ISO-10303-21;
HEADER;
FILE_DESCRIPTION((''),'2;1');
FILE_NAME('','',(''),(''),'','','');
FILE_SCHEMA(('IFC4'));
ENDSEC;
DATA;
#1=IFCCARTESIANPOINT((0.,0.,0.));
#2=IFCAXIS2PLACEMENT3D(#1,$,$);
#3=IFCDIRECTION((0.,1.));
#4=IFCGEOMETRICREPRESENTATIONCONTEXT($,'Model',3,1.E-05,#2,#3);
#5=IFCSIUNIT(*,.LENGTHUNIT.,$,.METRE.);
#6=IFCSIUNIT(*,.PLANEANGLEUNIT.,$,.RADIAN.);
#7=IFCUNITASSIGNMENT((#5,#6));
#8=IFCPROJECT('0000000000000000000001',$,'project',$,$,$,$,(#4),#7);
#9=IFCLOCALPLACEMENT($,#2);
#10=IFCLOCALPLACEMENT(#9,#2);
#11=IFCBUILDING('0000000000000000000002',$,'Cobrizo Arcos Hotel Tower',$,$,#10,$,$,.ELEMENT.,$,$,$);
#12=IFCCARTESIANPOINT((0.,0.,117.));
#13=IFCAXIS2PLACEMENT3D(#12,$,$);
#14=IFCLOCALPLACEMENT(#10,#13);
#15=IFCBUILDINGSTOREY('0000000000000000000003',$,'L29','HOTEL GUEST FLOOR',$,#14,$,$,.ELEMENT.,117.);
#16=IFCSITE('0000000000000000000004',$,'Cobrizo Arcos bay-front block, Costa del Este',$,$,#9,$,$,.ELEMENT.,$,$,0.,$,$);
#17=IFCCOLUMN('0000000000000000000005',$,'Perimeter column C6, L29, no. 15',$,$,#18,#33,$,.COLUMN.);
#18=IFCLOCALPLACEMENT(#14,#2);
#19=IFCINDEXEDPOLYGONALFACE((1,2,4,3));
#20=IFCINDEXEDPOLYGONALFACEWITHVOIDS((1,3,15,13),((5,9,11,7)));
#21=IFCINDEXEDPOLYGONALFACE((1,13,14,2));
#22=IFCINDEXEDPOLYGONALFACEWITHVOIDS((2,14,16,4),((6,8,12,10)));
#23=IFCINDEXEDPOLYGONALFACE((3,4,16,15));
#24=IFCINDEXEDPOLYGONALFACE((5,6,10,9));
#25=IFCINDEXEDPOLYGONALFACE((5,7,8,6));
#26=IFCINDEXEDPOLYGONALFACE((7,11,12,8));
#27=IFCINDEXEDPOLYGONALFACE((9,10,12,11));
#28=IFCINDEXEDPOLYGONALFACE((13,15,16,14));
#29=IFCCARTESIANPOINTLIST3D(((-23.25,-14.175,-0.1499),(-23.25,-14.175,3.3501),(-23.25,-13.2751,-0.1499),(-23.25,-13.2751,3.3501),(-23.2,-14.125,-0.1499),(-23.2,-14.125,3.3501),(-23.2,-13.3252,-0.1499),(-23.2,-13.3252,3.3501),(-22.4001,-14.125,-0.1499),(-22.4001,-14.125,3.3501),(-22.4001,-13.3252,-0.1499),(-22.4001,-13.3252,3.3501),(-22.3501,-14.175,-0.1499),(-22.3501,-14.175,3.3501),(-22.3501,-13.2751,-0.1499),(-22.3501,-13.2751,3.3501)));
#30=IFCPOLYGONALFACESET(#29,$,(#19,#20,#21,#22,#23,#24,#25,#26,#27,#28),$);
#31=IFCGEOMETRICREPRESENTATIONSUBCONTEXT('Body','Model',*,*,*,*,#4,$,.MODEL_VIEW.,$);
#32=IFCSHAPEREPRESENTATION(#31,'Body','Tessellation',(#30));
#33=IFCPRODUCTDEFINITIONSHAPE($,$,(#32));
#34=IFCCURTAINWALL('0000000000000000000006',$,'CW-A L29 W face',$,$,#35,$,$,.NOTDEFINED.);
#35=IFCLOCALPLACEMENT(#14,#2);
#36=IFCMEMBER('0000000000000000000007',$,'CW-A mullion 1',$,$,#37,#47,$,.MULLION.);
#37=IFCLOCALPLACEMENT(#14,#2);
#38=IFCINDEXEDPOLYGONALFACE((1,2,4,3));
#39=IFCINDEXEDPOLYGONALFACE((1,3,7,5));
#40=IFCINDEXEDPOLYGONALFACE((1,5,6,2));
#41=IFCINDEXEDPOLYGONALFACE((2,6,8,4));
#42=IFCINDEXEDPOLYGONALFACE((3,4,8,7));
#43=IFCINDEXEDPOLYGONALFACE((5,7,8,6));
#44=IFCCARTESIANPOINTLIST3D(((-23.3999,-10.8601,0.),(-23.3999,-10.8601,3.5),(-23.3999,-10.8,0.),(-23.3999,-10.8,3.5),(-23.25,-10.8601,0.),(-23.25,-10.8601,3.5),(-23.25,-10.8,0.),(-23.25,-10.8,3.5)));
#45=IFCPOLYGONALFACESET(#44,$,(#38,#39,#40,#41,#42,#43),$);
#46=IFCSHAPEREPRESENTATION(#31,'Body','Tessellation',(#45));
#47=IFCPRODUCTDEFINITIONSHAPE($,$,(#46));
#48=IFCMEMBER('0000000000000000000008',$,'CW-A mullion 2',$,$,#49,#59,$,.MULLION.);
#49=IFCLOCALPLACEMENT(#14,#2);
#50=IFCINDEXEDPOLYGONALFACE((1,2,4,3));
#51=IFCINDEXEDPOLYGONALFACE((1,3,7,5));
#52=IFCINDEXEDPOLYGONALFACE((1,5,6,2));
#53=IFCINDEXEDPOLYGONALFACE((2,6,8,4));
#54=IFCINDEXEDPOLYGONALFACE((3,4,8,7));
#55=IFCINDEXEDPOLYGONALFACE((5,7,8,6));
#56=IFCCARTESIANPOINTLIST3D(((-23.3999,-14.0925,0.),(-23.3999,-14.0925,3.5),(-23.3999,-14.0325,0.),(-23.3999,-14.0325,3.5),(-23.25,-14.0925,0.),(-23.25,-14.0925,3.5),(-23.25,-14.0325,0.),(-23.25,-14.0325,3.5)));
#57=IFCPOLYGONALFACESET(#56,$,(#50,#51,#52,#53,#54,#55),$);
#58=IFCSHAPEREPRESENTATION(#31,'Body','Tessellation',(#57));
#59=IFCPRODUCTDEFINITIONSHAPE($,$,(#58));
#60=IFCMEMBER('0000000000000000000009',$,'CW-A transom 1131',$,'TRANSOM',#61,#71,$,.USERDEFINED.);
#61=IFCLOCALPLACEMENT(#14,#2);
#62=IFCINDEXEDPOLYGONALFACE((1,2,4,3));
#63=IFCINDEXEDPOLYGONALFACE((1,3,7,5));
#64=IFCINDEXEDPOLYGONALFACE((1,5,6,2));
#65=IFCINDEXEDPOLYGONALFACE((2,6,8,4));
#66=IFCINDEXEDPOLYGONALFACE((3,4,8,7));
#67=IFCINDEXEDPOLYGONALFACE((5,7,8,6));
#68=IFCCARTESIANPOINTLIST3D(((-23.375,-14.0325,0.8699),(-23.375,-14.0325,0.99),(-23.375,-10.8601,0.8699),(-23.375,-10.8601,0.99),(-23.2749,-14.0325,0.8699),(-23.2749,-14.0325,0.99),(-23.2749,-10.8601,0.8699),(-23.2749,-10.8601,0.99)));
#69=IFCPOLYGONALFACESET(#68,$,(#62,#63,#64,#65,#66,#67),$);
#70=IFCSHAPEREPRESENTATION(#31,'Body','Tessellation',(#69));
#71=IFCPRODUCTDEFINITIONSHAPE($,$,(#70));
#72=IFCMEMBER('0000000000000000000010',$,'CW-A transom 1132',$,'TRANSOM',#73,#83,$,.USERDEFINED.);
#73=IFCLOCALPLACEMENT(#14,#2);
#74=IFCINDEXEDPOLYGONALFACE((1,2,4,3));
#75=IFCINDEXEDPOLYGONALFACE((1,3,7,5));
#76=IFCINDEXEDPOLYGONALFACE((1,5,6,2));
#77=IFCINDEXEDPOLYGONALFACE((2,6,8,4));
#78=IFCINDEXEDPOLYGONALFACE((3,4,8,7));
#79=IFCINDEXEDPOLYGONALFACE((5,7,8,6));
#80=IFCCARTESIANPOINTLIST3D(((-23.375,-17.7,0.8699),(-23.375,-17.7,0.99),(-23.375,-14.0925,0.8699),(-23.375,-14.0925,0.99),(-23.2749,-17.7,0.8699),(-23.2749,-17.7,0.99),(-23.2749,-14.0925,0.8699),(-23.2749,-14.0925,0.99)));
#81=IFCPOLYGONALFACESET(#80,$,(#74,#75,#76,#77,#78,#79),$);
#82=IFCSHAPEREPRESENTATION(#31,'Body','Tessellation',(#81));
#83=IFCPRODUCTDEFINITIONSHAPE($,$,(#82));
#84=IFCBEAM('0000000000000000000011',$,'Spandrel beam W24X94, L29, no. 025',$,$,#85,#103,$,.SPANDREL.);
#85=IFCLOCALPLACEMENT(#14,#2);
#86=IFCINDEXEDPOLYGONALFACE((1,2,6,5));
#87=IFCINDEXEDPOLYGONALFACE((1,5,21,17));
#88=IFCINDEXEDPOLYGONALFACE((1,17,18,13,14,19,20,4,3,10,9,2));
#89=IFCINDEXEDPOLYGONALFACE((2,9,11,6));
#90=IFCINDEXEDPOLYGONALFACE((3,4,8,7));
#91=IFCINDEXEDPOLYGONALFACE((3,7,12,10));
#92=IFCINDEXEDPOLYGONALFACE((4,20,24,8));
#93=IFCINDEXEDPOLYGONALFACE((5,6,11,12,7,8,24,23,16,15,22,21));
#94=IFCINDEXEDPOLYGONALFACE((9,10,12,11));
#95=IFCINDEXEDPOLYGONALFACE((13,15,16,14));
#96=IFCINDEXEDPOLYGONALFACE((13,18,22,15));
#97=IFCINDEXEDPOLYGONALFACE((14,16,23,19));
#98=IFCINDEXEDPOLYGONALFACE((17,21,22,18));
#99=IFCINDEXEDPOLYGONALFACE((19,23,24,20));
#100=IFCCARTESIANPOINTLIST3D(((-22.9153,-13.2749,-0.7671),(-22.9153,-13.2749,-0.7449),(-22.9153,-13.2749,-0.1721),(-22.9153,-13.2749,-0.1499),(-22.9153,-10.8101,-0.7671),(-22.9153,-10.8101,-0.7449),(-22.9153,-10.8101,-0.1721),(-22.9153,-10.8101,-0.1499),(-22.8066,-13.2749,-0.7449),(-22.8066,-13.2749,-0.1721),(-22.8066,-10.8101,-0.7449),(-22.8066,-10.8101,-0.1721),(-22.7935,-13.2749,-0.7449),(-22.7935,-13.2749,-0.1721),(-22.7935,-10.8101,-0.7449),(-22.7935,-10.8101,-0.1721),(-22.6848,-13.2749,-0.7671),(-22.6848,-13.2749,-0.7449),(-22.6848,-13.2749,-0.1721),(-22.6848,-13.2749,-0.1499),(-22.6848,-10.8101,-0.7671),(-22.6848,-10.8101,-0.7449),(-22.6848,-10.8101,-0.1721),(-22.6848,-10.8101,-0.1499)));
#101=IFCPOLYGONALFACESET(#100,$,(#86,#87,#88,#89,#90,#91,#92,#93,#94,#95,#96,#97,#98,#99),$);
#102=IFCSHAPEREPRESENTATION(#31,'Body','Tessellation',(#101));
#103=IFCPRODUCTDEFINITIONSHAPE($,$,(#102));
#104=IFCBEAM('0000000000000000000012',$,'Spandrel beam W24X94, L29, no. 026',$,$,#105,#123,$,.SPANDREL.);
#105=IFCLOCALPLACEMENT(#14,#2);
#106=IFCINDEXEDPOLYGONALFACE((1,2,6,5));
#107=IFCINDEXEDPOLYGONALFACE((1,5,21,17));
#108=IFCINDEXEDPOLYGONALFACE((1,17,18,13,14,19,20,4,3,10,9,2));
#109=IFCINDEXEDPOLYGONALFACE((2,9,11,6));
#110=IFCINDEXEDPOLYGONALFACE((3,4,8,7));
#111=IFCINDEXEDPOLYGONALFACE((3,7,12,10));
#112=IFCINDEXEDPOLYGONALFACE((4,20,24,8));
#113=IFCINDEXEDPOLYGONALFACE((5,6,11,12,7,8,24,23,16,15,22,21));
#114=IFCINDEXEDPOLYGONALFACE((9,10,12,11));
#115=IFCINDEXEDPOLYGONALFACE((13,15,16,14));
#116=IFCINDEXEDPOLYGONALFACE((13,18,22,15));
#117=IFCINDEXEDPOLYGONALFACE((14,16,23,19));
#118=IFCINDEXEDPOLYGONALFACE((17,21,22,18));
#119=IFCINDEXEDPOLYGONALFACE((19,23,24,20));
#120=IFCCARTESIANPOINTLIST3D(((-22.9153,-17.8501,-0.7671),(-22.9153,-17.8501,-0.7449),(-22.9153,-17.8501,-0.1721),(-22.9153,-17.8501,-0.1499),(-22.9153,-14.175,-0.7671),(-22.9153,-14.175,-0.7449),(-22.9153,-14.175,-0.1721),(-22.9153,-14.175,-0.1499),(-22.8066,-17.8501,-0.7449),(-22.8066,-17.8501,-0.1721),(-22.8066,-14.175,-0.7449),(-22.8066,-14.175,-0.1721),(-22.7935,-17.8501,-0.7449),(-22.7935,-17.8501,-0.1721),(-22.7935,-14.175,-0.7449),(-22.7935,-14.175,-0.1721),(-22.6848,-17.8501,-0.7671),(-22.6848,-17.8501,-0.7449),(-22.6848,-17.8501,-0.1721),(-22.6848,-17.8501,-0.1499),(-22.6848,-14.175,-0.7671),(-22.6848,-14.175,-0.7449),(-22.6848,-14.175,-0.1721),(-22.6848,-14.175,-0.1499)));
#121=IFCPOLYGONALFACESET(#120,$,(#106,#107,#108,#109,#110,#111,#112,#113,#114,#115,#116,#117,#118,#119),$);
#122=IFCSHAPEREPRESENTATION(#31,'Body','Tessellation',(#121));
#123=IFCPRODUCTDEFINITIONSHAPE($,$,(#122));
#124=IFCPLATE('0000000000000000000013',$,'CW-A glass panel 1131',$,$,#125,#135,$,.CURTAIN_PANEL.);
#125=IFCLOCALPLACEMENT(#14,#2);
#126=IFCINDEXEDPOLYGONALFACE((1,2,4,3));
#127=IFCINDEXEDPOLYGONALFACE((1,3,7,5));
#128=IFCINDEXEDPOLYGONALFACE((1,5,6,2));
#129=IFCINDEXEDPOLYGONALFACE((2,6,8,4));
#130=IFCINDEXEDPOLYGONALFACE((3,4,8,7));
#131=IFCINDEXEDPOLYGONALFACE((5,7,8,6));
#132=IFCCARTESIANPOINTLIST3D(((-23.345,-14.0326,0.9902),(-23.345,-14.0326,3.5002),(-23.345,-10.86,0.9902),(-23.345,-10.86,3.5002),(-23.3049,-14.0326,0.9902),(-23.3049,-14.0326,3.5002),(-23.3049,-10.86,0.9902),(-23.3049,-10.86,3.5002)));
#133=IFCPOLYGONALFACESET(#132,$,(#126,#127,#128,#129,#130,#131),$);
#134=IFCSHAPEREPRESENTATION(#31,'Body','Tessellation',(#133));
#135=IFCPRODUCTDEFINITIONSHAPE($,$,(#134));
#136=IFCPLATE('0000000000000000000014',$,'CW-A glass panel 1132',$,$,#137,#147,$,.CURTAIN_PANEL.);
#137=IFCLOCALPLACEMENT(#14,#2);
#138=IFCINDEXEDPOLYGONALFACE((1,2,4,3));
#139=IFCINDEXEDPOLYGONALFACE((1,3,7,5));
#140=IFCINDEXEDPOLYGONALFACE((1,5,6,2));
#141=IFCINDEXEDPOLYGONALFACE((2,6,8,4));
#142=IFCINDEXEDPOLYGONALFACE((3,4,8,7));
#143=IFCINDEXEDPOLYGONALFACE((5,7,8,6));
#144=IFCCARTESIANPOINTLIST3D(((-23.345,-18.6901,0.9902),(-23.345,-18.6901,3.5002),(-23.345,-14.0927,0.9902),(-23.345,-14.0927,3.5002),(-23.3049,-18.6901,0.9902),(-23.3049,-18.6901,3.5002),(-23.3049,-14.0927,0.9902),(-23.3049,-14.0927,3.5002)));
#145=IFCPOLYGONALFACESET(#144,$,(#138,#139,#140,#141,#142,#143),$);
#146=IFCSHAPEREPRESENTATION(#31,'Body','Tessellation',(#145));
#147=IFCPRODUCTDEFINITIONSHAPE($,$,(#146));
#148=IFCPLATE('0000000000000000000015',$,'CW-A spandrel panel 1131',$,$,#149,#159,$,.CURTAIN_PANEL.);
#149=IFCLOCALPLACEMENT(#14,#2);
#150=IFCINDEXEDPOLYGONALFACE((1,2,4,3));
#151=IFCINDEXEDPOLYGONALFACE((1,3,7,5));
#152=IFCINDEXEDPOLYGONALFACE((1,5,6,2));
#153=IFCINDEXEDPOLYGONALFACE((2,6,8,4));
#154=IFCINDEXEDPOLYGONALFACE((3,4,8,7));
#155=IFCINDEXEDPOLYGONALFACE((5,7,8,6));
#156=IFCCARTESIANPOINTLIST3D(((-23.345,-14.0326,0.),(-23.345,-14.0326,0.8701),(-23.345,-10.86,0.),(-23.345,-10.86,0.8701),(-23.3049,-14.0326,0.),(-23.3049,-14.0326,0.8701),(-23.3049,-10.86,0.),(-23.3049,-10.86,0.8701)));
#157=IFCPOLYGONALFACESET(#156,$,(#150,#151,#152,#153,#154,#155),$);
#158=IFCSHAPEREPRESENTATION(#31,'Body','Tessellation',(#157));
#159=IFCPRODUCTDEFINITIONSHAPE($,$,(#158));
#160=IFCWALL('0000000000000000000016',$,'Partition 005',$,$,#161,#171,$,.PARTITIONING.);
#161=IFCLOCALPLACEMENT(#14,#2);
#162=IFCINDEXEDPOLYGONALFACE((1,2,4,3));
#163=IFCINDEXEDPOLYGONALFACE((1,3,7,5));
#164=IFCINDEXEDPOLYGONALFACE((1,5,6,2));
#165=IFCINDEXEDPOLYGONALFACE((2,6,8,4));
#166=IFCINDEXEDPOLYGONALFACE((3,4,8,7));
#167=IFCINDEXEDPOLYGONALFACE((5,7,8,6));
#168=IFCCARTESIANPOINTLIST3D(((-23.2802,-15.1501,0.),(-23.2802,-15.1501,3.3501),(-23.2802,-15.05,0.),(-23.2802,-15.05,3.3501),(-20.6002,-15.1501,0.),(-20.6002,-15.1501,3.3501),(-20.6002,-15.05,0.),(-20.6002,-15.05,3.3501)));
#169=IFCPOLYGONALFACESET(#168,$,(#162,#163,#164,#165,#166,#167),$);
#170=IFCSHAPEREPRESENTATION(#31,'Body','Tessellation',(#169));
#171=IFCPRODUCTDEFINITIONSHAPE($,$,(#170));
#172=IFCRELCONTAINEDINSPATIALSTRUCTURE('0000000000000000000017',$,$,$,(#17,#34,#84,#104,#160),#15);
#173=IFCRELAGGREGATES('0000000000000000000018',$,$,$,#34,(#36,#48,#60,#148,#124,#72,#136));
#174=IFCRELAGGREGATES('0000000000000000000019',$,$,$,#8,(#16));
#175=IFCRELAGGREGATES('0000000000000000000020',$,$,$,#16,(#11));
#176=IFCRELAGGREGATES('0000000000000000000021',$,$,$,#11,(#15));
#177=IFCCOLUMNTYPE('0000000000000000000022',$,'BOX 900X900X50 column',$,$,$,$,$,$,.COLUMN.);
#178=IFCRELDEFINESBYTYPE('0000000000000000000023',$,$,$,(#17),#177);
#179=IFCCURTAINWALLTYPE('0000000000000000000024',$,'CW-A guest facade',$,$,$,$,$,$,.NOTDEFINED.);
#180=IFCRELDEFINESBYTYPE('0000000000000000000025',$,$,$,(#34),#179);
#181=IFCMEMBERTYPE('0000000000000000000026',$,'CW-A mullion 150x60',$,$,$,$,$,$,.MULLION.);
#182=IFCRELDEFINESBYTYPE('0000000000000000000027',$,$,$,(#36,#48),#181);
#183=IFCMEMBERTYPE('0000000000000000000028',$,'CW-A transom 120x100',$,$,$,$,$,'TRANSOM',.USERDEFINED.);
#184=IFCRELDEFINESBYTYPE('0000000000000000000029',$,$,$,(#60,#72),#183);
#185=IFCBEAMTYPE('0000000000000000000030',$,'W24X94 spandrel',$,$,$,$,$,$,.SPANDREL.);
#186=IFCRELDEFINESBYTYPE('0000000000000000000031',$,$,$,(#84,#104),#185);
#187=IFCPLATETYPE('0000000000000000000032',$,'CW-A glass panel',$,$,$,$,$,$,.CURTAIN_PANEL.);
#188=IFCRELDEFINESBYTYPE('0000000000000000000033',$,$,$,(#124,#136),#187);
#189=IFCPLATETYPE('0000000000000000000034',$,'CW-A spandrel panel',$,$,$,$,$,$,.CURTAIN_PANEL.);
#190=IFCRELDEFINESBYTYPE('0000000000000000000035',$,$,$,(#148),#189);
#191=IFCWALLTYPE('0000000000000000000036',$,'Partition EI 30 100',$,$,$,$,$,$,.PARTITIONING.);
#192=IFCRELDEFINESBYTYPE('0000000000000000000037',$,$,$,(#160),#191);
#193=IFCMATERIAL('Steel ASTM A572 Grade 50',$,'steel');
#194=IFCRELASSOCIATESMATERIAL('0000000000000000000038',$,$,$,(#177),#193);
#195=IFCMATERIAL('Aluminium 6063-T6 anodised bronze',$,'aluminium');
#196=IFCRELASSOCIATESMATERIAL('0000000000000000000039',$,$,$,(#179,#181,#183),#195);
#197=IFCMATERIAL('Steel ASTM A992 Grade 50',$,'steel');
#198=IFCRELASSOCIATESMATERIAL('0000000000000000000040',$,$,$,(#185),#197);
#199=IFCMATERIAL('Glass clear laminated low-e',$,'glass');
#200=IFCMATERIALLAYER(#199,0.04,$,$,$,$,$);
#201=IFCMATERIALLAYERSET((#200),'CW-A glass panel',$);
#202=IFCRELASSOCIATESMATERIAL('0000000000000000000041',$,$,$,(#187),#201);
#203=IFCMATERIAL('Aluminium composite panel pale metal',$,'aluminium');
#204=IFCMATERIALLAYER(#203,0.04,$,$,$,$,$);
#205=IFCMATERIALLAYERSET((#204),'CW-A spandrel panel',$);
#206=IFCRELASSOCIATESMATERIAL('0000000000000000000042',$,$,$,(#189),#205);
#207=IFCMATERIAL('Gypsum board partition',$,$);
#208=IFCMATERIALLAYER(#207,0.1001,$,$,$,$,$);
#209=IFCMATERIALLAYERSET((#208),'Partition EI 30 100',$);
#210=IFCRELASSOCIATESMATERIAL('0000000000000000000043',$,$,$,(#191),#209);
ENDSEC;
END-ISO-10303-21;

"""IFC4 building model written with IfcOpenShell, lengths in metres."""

from ifc_helpers import new_model, si_unit, direction, frame, frame_2d, origin, origin_2d, place, context, subcontext, project, spatial, rectangle, hollow_rectangle, i_section, extrude, material, layer, layer_set, material_profile, profile_set, type_object, element, aggregate, save


model = new_model("IFC4")

# Units and contexts
model_context = context("Model", 3, precision=1e-05, world=origin(), true_north=direction((0.0, 1.0)))
body_context = subcontext(model_context, "Body", "Model", "MODEL_VIEW")
ifc_project = project(units=[si_unit("LENGTHUNIT", "METRE"), si_unit("PLANEANGLEUNIT", "RADIAN")], contexts=[model_context])

# Site, building, storey
site_placement = place(None, origin())
site = spatial("IfcSite", under=ifc_project, at=site_placement, Name="Cobrizo Arcos bay-front block, Costa del Este", CompositionType="ELEMENT", RefElevation=0.0)
building_placement = place(site_placement, origin())
building = spatial("IfcBuilding", under=site, at=building_placement, Name="Cobrizo Arcos Hotel Tower", CompositionType="ELEMENT")
storey_placement = place(building_placement, frame((0.0, 0.0, 117.0)))
storey = spatial("IfcBuildingStorey", under=building, at=storey_placement, Name="L29", Description="HOTEL GUEST FLOOR", CompositionType="ELEMENT", Elevation=117.0)

# Column
ifc_material_1 = material(Name="Steel ASTM A572 Grade 50", Category="steel")
ifc_material_profile_1 = material_profile(ifc_material_1, hollow_rectangle(XDim=0.8999, YDim=0.8999, WallThickness=0.05, at=origin_2d()), Name="BOX 900X900X50")
ifc_profile_set_1 = profile_set([ifc_material_profile_1], Name="Steel ASTM A572 Grade 50")
column_type = type_object("IfcColumnType", Name="BOX 900X900X50 column", PredefinedType="COLUMN", material=ifc_profile_set_1)
column_placement = place(storey_placement, frame((-22.8, -13.7251, -0.1499), z_axis=(0.0, 0.0, 1.0), x_axis=(1.0, 0.0, 0.0)))
element("IfcColumn", 1, at=column_placement, inside=storey, type_object=column_type, Name="Perimeter column C6, L29, no. 15", PredefinedType="COLUMN", context=body_context, shape_type="SweptSolid", body=[
    extrude(hollow_rectangle(XDim=0.8999, YDim=0.8999, WallThickness=0.05, at=origin_2d()), origin(), (0.0, 0.0, 1.0), 3.5),
])

# Curtain wall, members
ifc_material_2 = material(Name="Aluminium 6063-T6 anodised bronze", Category="aluminium")
curtain_wall_type = type_object("IfcCurtainWallType", Name="CW-A guest facade", PredefinedType="NOTDEFINED", material=ifc_material_2)
curtain_wall_placement = place(storey_placement, origin())
curtain_wall = element("IfcCurtainWall", 2, at=curtain_wall_placement, inside=storey, type_object=curtain_wall_type, Name="CW-A L29 W face", PredefinedType="NOTDEFINED")
ifc_material_profile_2 = material_profile(ifc_material_2, rectangle(XDim=0.1499, YDim=0.0601, at=origin_2d()), Name="CW-A mullion 150x60")
ifc_profile_set_2 = profile_set([ifc_material_profile_2], Name="Aluminium 6063-T6 anodised bronze")
member_type_1 = type_object("IfcMemberType", Name="CW-A mullion 150x60", PredefinedType="MULLION", material=ifc_profile_set_2)
member_1_placement = place(storey_placement, frame((-23.325, -10.8301, 0.0), z_axis=(0.0, 0.0, 1.0), x_axis=(-1.0, 0.0, 0.0)))
member_1 = element("IfcMember", 3, at=member_1_placement, type_object=member_type_1, Name="CW-A mullion 1", PredefinedType="MULLION", context=body_context, shape_type="SweptSolid", body=[
    extrude(rectangle(XDim=0.1499, YDim=0.0601, at=origin_2d()), origin(), (0.0, 0.0, 1.0), 3.5),
])
member_2_placement = place(storey_placement, frame((-23.325, -14.0625, 0.0), z_axis=(0.0, 0.0, 1.0), x_axis=(-1.0, 0.0, 0.0)))
member_2 = element("IfcMember", 4, at=member_2_placement, type_object=member_type_1, Name="CW-A mullion 2", PredefinedType="MULLION", context=body_context, shape_type="SweptSolid", body=[
    extrude(rectangle(XDim=0.1499, YDim=0.0601, at=origin_2d()), origin(), (0.0, 0.0, 1.0), 3.5),
])
ifc_material_profile_3 = material_profile(ifc_material_2, rectangle(XDim=0.1001, YDim=0.1201, at=origin_2d()), Name="CW-A transom 120x100")
ifc_profile_set_3 = profile_set([ifc_material_profile_3], Name="Aluminium 6063-T6 anodised bronze")
member_type_2 = type_object("IfcMemberType", Name="CW-A transom 120x100", ElementType="TRANSOM", PredefinedType="USERDEFINED", material=ifc_profile_set_3)
member_3_placement = place(storey_placement, frame((-23.325, -10.8601, 0.9299), z_axis=(0.0, -1.0, 0.0), x_axis=(1.0, 0.0, 0.0)))
member_3 = element("IfcMember", 5, at=member_3_placement, type_object=member_type_2, Name="CW-A transom 1131", ObjectType="TRANSOM", PredefinedType="USERDEFINED", context=body_context, shape_type="SweptSolid", body=[
    extrude(rectangle(XDim=0.1001, YDim=0.1201, at=origin_2d()), origin(), (0.0, 0.0, 1.0), 3.1724),
])
member_4_placement = place(storey_placement, frame((-23.325, -14.0925, 0.9299), z_axis=(0.0, -1.0, 0.0), x_axis=(1.0, 0.0, 0.0)))
member_4 = element("IfcMember", 6, at=member_4_placement, type_object=member_type_2, Name="CW-A transom 1132", ObjectType="TRANSOM", PredefinedType="USERDEFINED", context=body_context, shape_type="SweptSolid", body=[
    extrude(rectangle(XDim=0.1001, YDim=0.1201, at=origin_2d()), origin(), (0.0, 0.0, 1.0), 3.6074),
])

# Beams
ifc_material_3 = material(Name="Steel ASTM A992 Grade 50", Category="steel")
ifc_material_profile_4 = material_profile(ifc_material_3, i_section(OverallWidth=0.2305, OverallDepth=0.6172, WebThickness=0.0132, FlangeThickness=0.0222, at=origin_2d()), Name="W24X94")
ifc_profile_set_4 = profile_set([ifc_material_profile_4], Name="Steel ASTM A992 Grade 50")
beam_type = type_object("IfcBeamType", Name="W24X94 spandrel", PredefinedType="SPANDREL", material=ifc_profile_set_4)
beam_1_placement = place(storey_placement, frame((-22.8, -10.8101, -0.4585), z_axis=(0.0, -1.0, 0.0), x_axis=(1.0, 0.0, 0.0)))
element("IfcBeam", 7, at=beam_1_placement, inside=storey, type_object=beam_type, Name="Spandrel beam W24X94, L29, no. 025", PredefinedType="SPANDREL", context=body_context, shape_type="SweptSolid", body=[
    extrude(i_section(OverallWidth=0.2305, OverallDepth=0.6172, WebThickness=0.0132, FlangeThickness=0.0222, at=origin_2d()), origin(), (0.0, 0.0, 1.0), 2.4648),
])
beam_2_placement = place(storey_placement, frame((-22.8, -14.175, -0.4585), z_axis=(0.0, -1.0, 0.0), x_axis=(1.0, 0.0, 0.0)))
element("IfcBeam", 8, at=beam_2_placement, inside=storey, type_object=beam_type, Name="Spandrel beam W24X94, L29, no. 026", PredefinedType="SPANDREL", context=body_context, shape_type="SweptSolid", body=[
    extrude(i_section(OverallWidth=0.2305, OverallDepth=0.6172, WebThickness=0.0132, FlangeThickness=0.0222, at=origin_2d()), origin(), (0.0, 0.0, 1.0), 3.675),
])

# Plates
ifc_material_4 = material(Name="Glass clear laminated low-e", Category="glass")
ifc_layer_1 = layer(ifc_material_4, 0.04)
ifc_layer_set_1 = layer_set([ifc_layer_1], Name="CW-A glass panel")
plate_type_1 = type_object("IfcPlateType", Name="CW-A glass panel", PredefinedType="CURTAIN_PANEL", material=ifc_layer_set_1)
plate_1_placement = place(storey_placement, frame((-23.325, -12.4463, 0.9902), z_axis=(0.0, 0.0, 1.0), x_axis=(0.0, -1.0, 0.0)))
plate_1 = element("IfcPlate", 9, at=plate_1_placement, type_object=plate_type_1, Name="CW-A glass panel 1131", PredefinedType="CURTAIN_PANEL", context=body_context, shape_type="SweptSolid", body=[
    extrude(rectangle(XDim=3.1726, YDim=0.04, at=origin_2d()), origin(), (0.0, 0.0, 1.0), 2.51),
])
plate_2_placement = place(storey_placement, frame((-23.325, -16.3914, 0.9902), z_axis=(0.0, 0.0, 1.0), x_axis=(0.0, -1.0, 0.0)))
plate_2 = element("IfcPlate", 10, at=plate_2_placement, type_object=plate_type_1, Name="CW-A glass panel 1132", PredefinedType="CURTAIN_PANEL", context=body_context, shape_type="SweptSolid", body=[
    extrude(rectangle(XDim=4.5974, YDim=0.04, at=origin_2d()), origin(), (0.0, 0.0, 1.0), 2.51),
])
ifc_material_5 = material(Name="Aluminium composite panel pale metal", Category="aluminium")
ifc_layer_2 = layer(ifc_material_5, 0.04)
ifc_layer_set_2 = layer_set([ifc_layer_2], Name="CW-A spandrel panel")
plate_type_2 = type_object("IfcPlateType", Name="CW-A spandrel panel", PredefinedType="CURTAIN_PANEL", material=ifc_layer_set_2)
plate_3_placement = place(storey_placement, frame((-23.325, -12.4463, 0.0), z_axis=(0.0, 0.0, 1.0), x_axis=(0.0, -1.0, 0.0)))
plate_3 = element("IfcPlate", 11, at=plate_3_placement, type_object=plate_type_2, Name="CW-A spandrel panel 1131", PredefinedType="CURTAIN_PANEL", context=body_context, shape_type="SweptSolid", body=[
    extrude(rectangle(XDim=3.1726, YDim=0.04, at=origin_2d()), origin(), (0.0, 0.0, 1.0), 0.8701),
])
aggregate(curtain_wall, [member_1, member_2, member_3, plate_3, plate_1, member_4, plate_2])

# Wall
ifc_material_6 = material(Name="Gypsum board partition")
ifc_layer_3 = layer(ifc_material_6, 0.1001)
ifc_layer_set_3 = layer_set([ifc_layer_3], Name="Partition EI 30 100")
wall_type_1 = type_object("IfcWallType", Name="Partition EI 30 100", PredefinedType="PARTITIONING", material=ifc_layer_set_3)
wall_1_placement = place(storey_placement, frame((-23.28, -15.1001, 0.0), z_axis=(0.0, 0.0, 1.0), x_axis=(1.0, 0.0, 0.0)))
element("IfcWall", 12, at=wall_1_placement, inside=storey, type_object=wall_type_1, Name="Partition 005", PredefinedType="PARTITIONING", context=body_context, shape_type="SweptSolid", body=[
    extrude(rectangle(XDim=2.6799, YDim=0.1001, at=frame_2d((1.3398, 0.0))), origin(), (0.0, 0.0, 1.0), 3.3501),
])

save(model, "model.ifc")
